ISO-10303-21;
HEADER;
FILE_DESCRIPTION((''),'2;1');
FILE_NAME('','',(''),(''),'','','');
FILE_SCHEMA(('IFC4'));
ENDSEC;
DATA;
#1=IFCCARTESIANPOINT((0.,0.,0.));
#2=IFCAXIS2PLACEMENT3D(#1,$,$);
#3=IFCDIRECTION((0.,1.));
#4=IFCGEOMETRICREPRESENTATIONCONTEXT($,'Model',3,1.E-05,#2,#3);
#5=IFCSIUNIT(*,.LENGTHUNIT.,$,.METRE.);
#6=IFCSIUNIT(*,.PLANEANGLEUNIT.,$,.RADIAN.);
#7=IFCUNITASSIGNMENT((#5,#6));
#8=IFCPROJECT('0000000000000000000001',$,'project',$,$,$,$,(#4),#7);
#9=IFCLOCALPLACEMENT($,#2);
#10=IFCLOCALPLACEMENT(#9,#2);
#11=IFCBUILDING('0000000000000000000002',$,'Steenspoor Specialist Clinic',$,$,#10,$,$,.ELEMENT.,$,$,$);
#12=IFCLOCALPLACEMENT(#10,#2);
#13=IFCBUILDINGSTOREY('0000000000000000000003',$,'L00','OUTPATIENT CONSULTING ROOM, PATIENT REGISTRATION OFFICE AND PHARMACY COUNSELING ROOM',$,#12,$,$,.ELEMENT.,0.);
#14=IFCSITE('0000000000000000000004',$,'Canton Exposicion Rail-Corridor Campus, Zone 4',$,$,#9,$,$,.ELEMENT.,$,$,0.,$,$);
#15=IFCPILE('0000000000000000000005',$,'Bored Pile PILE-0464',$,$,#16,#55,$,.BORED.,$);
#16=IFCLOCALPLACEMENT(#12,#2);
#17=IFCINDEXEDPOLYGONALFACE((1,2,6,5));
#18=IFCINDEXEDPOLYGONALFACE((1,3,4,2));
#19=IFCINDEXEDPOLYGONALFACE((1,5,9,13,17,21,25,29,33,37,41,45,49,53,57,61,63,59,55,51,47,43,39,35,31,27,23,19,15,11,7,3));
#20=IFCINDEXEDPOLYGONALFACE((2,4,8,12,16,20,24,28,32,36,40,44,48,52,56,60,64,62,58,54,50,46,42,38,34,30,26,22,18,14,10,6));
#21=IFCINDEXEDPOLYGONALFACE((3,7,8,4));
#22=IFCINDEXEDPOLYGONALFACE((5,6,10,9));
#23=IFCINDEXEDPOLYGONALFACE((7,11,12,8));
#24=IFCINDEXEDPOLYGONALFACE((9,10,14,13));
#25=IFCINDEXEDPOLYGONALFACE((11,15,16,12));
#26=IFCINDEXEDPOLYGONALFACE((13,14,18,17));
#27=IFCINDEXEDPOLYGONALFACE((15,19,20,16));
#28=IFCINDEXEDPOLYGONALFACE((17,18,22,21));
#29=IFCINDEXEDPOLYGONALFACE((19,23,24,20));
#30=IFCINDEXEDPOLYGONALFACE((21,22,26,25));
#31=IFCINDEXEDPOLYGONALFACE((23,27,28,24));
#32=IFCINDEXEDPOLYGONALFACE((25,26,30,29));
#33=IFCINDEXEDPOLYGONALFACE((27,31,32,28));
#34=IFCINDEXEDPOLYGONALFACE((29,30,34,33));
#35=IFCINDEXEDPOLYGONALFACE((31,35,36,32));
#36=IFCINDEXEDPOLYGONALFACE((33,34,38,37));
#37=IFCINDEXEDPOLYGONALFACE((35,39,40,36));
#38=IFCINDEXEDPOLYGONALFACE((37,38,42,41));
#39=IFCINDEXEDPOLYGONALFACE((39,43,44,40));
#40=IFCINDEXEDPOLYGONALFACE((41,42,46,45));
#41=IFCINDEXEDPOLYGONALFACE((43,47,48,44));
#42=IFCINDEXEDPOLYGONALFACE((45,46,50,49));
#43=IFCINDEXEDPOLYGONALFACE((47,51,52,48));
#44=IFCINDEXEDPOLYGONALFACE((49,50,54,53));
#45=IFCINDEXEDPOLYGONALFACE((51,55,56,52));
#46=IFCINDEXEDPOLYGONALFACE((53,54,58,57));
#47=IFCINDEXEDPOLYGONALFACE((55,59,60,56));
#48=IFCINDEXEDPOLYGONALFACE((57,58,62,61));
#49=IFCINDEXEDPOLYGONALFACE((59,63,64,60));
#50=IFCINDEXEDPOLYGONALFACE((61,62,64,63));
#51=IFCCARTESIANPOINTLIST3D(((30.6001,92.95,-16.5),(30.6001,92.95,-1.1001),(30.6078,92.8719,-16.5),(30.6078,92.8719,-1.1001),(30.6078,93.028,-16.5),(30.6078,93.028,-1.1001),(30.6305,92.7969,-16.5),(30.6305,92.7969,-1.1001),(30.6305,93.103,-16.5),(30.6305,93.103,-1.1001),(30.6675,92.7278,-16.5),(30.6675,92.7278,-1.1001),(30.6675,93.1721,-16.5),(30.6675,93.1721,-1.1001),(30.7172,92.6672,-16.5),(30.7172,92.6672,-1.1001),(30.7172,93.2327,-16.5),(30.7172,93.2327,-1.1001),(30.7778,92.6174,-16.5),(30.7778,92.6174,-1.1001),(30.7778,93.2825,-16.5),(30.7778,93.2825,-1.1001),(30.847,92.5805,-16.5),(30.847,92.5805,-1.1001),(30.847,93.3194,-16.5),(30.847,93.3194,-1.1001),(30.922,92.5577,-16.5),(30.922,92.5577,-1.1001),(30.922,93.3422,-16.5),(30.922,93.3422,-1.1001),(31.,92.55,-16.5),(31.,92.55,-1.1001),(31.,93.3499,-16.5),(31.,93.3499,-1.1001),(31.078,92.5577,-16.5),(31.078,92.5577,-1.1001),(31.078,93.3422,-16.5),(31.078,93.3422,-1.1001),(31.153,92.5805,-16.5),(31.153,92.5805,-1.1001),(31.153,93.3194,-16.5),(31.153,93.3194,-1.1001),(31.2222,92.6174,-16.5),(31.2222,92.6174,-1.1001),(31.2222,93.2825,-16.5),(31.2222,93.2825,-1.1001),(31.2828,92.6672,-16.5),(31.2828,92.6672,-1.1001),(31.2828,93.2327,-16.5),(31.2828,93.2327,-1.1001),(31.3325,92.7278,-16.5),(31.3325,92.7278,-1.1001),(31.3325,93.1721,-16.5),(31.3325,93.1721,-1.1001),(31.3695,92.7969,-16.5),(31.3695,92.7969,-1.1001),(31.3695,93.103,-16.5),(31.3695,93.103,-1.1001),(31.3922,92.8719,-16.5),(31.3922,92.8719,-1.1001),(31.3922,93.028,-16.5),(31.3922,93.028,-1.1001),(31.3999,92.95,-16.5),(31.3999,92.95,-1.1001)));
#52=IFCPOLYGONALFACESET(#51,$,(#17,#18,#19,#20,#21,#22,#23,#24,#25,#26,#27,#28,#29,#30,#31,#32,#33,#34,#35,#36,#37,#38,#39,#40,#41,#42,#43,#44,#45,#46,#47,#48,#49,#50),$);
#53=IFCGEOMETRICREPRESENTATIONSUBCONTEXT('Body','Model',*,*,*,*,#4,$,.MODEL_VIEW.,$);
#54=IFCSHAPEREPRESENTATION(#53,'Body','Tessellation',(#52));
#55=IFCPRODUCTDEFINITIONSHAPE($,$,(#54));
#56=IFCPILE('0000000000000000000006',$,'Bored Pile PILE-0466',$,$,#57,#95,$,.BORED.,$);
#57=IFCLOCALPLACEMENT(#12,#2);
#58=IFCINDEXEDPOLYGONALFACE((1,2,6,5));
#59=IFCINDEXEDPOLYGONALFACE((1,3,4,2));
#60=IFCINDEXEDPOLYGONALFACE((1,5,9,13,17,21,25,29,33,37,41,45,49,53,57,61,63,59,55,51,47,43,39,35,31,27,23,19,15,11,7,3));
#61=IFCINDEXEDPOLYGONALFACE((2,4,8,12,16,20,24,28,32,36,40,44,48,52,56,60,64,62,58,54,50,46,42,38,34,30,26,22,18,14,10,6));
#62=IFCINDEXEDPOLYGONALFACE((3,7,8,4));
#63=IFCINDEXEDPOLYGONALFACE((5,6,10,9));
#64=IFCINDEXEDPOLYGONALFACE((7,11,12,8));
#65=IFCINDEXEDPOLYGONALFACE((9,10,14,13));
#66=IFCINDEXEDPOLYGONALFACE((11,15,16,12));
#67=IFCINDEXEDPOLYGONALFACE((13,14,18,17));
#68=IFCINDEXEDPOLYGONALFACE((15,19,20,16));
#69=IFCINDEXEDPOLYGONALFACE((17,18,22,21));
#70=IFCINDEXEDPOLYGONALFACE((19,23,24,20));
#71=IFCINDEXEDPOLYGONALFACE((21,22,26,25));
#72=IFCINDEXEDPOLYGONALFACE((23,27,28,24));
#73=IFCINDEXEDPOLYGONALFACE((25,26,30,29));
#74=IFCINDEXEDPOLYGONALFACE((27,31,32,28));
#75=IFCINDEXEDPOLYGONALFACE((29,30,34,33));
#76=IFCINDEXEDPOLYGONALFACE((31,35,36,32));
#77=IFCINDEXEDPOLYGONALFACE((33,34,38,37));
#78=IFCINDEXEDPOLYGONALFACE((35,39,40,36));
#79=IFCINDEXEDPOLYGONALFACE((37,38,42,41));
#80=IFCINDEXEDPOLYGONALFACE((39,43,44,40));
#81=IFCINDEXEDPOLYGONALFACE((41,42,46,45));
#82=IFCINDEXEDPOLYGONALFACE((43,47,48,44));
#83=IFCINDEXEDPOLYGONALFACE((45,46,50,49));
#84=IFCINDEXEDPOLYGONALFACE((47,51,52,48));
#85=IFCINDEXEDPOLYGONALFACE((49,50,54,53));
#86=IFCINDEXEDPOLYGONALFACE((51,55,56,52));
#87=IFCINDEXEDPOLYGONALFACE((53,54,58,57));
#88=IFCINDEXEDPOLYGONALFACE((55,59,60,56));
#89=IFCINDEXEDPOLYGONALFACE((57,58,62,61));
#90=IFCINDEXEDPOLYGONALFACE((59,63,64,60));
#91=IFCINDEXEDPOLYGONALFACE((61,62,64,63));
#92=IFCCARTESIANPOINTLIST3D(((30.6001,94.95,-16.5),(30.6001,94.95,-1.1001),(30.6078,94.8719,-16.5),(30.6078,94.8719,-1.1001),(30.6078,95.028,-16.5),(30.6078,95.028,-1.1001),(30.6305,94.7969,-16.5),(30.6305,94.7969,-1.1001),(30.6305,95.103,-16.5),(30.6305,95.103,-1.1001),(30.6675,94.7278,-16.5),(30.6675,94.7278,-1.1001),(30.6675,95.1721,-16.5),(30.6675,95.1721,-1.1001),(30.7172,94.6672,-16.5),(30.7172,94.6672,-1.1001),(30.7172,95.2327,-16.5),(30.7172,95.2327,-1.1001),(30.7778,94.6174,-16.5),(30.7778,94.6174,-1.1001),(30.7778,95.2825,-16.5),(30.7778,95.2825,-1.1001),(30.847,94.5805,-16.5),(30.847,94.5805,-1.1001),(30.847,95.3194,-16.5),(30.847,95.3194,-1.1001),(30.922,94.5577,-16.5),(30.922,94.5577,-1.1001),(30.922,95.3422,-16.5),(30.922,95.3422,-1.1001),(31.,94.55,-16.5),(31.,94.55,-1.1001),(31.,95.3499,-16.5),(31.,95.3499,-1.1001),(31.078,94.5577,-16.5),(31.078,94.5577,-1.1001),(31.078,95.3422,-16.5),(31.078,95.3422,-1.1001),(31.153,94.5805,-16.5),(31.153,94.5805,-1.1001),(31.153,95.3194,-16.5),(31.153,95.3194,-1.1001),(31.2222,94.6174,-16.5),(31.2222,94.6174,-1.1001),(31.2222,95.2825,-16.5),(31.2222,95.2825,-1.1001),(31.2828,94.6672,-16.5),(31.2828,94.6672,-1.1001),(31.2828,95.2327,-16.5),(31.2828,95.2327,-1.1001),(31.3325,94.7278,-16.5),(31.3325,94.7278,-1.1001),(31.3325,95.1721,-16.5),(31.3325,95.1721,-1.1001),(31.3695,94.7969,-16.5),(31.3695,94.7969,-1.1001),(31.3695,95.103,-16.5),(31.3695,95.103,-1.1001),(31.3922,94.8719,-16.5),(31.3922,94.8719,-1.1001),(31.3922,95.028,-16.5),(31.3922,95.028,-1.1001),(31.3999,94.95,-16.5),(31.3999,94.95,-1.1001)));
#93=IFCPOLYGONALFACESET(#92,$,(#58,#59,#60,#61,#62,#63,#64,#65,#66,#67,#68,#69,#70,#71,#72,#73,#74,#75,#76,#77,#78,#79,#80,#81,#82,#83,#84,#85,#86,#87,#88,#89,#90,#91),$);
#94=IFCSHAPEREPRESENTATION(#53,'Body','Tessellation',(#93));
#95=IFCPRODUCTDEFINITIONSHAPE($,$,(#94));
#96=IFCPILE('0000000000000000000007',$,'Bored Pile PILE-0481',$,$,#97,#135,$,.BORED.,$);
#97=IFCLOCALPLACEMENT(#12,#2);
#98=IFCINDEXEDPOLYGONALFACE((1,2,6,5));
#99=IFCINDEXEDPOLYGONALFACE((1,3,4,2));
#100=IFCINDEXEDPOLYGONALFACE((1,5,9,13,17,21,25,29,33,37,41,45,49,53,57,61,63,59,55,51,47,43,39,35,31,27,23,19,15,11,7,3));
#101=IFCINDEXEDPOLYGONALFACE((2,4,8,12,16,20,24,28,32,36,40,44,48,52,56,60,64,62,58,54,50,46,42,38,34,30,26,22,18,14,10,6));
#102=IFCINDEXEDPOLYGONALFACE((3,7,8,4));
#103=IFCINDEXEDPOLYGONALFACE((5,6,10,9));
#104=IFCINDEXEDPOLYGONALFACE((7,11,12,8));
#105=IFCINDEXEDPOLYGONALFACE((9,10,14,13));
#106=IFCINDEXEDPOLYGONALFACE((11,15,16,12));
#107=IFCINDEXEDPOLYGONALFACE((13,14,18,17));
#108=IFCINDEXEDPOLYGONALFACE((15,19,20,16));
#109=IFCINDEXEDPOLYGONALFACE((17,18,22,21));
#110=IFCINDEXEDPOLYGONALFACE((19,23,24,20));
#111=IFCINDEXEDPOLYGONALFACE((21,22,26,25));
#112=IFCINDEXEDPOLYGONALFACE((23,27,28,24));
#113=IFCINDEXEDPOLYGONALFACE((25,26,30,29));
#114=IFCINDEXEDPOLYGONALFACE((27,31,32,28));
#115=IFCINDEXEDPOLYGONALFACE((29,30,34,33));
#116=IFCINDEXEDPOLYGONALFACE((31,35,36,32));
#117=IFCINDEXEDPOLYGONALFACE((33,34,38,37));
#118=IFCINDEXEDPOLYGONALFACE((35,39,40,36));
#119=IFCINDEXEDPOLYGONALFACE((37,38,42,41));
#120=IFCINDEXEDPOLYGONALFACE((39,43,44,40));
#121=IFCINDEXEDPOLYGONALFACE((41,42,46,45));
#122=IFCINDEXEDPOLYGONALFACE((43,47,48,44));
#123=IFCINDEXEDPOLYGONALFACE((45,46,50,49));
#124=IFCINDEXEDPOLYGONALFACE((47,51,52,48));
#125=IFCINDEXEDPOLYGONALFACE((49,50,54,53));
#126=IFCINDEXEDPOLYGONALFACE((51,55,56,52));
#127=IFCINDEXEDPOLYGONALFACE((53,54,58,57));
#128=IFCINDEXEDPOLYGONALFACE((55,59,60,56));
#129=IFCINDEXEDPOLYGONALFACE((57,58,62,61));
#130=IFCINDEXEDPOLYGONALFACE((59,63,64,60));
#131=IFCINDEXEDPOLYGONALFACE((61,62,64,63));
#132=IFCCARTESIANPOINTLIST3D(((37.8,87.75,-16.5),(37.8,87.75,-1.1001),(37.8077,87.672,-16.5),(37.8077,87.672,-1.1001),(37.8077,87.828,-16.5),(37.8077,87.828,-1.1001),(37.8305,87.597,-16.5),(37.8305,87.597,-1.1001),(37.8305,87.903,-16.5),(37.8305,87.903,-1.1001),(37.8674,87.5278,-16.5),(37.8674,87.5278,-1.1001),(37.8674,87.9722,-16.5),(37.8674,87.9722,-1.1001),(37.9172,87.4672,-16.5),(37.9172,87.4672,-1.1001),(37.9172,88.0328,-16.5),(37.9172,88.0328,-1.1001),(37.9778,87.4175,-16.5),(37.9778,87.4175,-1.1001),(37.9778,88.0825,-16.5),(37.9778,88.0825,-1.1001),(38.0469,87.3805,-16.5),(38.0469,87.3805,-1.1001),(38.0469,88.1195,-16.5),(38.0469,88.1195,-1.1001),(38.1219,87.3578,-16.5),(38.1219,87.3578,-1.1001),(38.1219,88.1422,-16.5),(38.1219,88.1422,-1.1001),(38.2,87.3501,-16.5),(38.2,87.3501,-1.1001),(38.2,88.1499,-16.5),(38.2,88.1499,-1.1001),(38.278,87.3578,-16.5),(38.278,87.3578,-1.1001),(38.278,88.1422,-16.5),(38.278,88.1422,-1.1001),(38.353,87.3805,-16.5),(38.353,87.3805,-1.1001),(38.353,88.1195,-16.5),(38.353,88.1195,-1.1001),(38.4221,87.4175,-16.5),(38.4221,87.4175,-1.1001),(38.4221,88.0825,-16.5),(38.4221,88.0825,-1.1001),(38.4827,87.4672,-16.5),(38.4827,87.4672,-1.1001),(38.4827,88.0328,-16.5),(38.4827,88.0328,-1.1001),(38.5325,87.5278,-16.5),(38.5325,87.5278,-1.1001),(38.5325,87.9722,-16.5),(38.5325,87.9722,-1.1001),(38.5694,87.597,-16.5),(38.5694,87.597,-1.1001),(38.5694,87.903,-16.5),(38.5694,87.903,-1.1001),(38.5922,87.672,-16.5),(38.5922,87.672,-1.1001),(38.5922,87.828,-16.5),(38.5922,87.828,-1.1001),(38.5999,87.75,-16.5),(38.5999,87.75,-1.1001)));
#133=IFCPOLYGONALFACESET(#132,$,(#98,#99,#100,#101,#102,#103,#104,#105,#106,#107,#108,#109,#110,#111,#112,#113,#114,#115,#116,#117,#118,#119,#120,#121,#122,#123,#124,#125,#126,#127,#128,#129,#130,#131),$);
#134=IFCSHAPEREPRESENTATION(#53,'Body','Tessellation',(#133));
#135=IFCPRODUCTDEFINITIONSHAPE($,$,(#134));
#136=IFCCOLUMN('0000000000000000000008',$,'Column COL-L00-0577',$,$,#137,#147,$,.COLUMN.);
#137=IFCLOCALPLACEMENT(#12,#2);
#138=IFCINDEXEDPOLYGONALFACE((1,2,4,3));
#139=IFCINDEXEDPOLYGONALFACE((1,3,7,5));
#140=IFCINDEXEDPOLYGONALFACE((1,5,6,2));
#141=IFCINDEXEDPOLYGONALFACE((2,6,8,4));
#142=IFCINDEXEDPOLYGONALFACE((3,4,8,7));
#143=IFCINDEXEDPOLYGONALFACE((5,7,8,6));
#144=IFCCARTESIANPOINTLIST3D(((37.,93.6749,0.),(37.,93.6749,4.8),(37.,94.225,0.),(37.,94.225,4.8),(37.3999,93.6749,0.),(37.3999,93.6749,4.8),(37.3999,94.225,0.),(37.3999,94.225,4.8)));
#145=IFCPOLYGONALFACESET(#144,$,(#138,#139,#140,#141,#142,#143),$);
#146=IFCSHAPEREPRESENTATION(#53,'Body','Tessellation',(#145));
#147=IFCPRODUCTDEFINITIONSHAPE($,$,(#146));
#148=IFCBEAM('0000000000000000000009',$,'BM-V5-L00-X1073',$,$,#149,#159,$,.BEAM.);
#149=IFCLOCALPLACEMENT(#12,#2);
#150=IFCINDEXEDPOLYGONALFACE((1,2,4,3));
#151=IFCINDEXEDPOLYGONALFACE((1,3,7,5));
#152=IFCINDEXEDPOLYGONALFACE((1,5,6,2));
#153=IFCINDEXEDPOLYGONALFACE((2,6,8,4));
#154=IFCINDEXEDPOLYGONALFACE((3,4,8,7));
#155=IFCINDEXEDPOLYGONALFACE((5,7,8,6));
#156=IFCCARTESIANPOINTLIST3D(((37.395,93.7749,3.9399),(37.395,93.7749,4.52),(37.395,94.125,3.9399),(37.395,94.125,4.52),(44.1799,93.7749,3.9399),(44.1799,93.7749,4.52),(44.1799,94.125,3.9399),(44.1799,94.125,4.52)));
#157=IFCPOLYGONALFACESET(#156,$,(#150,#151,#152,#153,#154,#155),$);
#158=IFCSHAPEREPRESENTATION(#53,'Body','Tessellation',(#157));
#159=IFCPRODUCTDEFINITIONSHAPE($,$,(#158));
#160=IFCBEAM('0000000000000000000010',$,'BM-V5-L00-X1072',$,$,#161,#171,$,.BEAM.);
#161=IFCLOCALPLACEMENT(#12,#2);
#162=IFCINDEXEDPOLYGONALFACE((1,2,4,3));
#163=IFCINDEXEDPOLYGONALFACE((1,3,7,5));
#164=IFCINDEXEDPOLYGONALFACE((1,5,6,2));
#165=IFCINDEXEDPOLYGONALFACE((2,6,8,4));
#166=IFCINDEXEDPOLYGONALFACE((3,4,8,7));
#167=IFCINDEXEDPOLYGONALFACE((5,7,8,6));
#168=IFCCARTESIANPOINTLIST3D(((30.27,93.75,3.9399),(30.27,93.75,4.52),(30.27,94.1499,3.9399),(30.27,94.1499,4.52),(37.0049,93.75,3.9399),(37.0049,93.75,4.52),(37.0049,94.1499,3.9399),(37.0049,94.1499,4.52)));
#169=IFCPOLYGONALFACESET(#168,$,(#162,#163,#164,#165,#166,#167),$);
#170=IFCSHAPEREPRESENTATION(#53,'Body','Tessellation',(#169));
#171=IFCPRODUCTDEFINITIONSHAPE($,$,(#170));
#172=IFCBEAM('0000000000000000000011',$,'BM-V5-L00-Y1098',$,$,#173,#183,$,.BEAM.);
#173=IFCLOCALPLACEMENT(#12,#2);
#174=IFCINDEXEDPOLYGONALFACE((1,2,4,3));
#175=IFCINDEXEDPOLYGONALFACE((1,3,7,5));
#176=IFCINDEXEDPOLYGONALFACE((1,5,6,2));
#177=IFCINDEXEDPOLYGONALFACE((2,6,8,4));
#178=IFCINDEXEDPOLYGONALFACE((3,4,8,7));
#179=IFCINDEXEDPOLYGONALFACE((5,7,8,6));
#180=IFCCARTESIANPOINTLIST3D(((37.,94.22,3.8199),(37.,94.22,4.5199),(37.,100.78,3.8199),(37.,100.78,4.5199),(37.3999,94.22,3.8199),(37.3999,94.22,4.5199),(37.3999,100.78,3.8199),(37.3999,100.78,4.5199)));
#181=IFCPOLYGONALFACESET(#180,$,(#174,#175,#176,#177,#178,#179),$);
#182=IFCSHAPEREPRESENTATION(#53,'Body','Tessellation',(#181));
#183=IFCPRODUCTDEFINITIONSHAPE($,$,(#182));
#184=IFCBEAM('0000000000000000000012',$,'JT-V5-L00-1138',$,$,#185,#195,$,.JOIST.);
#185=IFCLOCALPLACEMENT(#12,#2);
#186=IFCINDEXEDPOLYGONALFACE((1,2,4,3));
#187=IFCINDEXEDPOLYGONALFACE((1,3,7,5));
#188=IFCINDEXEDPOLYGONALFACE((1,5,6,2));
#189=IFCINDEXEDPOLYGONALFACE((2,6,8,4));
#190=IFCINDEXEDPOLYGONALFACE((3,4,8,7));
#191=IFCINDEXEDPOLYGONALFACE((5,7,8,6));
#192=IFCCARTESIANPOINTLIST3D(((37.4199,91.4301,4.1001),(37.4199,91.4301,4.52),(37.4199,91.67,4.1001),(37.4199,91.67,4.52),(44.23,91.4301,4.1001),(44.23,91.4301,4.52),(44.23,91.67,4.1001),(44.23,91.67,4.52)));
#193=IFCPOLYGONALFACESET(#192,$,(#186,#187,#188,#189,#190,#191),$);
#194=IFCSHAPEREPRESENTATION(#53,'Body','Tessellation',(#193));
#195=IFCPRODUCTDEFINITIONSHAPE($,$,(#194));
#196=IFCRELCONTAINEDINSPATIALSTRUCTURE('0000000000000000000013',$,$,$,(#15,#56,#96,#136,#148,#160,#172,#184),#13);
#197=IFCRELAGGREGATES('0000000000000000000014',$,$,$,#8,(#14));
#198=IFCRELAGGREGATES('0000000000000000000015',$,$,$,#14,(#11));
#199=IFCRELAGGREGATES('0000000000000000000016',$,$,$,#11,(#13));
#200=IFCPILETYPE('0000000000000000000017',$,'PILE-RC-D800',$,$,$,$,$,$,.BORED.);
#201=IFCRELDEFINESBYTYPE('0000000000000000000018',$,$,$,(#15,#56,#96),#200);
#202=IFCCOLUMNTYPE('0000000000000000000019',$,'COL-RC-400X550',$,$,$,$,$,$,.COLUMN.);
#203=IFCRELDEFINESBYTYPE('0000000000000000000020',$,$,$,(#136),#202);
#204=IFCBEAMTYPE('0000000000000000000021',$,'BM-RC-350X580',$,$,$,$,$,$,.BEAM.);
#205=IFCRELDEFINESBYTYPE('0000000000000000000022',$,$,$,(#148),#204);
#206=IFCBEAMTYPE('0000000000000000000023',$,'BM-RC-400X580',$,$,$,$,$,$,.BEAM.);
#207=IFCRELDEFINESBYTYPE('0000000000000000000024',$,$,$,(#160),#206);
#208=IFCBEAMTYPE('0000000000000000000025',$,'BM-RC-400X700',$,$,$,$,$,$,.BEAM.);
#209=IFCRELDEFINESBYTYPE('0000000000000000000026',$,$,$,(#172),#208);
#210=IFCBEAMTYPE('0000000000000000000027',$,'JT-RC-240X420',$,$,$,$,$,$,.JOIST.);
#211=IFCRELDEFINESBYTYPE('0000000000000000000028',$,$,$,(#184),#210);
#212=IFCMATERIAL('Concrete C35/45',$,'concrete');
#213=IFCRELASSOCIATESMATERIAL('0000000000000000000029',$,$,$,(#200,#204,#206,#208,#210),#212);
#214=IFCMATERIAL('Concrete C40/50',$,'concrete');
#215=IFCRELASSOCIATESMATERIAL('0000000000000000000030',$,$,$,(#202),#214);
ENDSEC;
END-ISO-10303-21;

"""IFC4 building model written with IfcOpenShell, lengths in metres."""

from ifc_helpers import new_model, si_unit, direction, frame, origin, origin_2d, place, context, subcontext, project, spatial, rectangle, circle, extrude, material, material_profile, profile_set, type_object, element, save


model = new_model("IFC4")

# Units and contexts
model_context = context("Model", 3, precision=1e-05, world=origin(), true_north=direction((0.0, 1.0)))
body_context = subcontext(model_context, "Body", "Model", "MODEL_VIEW")
ifc_project = project(units=[si_unit("LENGTHUNIT", "METRE"), si_unit("PLANEANGLEUNIT", "RADIAN")], contexts=[model_context])

# Site, building, storey
site_placement = place(None, origin())
site = spatial("IfcSite", under=ifc_project, at=site_placement, Name="Canton Exposicion Rail-Corridor Campus, Zone 4", CompositionType="ELEMENT", RefElevation=0.0)
building_placement = place(site_placement, origin())
building = spatial("IfcBuilding", under=site, at=building_placement, Name="Steenspoor Specialist Clinic", CompositionType="ELEMENT")
storey_placement = place(building_placement, origin())
storey = spatial("IfcBuildingStorey", under=building, at=storey_placement, Name="L00", Description="OUTPATIENT CONSULTING ROOM, PATIENT REGISTRATION OFFICE AND PHARMACY COUNSELING ROOM", CompositionType="ELEMENT", Elevation=0.0)

# Shared definitions
ifc_material_1 = material(Name="Concrete C35/45", Category="concrete")

# Piles
ifc_material_profile_1 = material_profile(ifc_material_1, circle(Radius=0.3999, at=origin_2d()), Name="PILE-D800")
ifc_profile_set_1 = profile_set([ifc_material_profile_1], Name="Concrete C35/45")
pile_type_1 = type_object("IfcPileType", Name="PILE-RC-D800", PredefinedType="BORED", material=ifc_profile_set_1)
for number, where, z_axis, x_axis, name in (
    (1, (31.0, 92.95, -1.1001), (0.0, 0.0, -1.0), (1.0, 0.0, 0.0), "Bored Pile PILE-0464"),
    (2, (31.0, 94.95, -1.1001), (0.0, 0.0, -1.0), (1.0, 0.0, 0.0), "Bored Pile PILE-0466"),
    (3, (38.2, 87.75, -1.1001), (0.0, 0.0, -1.0), (1.0, 0.0, 0.0), "Bored Pile PILE-0481"),
):
    element("IfcPile", number, at=place(storey_placement, frame(where, z_axis=z_axis, x_axis=x_axis)), inside=storey, type_object=pile_type_1, Name=name, PredefinedType="BORED", context=body_context, shape_type="SweptSolid", body=[
        extrude(circle(Radius=0.3999, at=origin_2d()), origin(), (0.0, 0.0, 1.0), 15.3999),
    ])

# Column
ifc_material_2 = material(Name="Concrete C40/50", Category="concrete")
ifc_material_profile_2 = material_profile(ifc_material_2, rectangle(XDim=0.3999, YDim=0.55, at=origin_2d()), Name="RC-COL-400X550")
ifc_profile_set_2 = profile_set([ifc_material_profile_2], Name="Concrete C40/50")
column_type = type_object("IfcColumnType", Name="COL-RC-400X550", PredefinedType="COLUMN", material=ifc_profile_set_2)
column_placement = place(storey_placement, frame((37.2, 93.95, 0.0), z_axis=(0.0, 0.0, 1.0), x_axis=(1.0, 0.0, 0.0)))
element("IfcColumn", 4, at=column_placement, inside=storey, type_object=column_type, Name="Column COL-L00-0577", PredefinedType="COLUMN", context=body_context, shape_type="SweptSolid", body=[
    extrude(rectangle(XDim=0.3999, YDim=0.55, at=origin_2d()), origin(), (0.0, 0.0, 1.0), 4.8),
])

# Beams
ifc_material_profile_3 = material_profile(ifc_material_1, rectangle(XDim=0.3501, YDim=0.5801, at=origin_2d()), Name="RC-BM-350X580")
ifc_profile_set_3 = profile_set([ifc_material_profile_3], Name="Concrete C35/45")
beam_type_1 = type_object("IfcBeamType", Name="BM-RC-350X580", PredefinedType="BEAM", material=ifc_profile_set_3)
beam_1_placement = place(storey_placement, frame((37.395, 93.95, 4.23), z_axis=(1.0, 0.0, 0.0), x_axis=(0.0, 1.0, 0.0)))
element("IfcBeam", 5, at=beam_1_placement, inside=storey, type_object=beam_type_1, Name="BM-V5-L00-X1073", PredefinedType="BEAM", context=body_context, shape_type="SweptSolid", body=[
    extrude(rectangle(XDim=0.3501, YDim=0.5801, at=origin_2d()), origin(), (0.0, 0.0, 1.0), 6.7849),
])
ifc_material_profile_4 = material_profile(ifc_material_1, rectangle(XDim=0.3999, YDim=0.5801, at=origin_2d()), Name="RC-BM-400X580")
ifc_profile_set_4 = profile_set([ifc_material_profile_4], Name="Concrete C35/45")
beam_type_2 = type_object("IfcBeamType", Name="BM-RC-400X580", PredefinedType="BEAM", material=ifc_profile_set_4)
beam_2_placement = place(storey_placement, frame((30.27, 93.95, 4.23), z_axis=(1.0, 0.0, 0.0), x_axis=(0.0, 1.0, 0.0)))
element("IfcBeam", 6, at=beam_2_placement, inside=storey, type_object=beam_type_2, Name="BM-V5-L00-X1072", PredefinedType="BEAM", context=body_context, shape_type="SweptSolid", body=[
    extrude(rectangle(XDim=0.3999, YDim=0.5801, at=origin_2d()), origin(), (0.0, 0.0, 1.0), 6.7349),
])
ifc_material_profile_5 = material_profile(ifc_material_1, rectangle(XDim=0.3999, YDim=0.7, at=origin_2d()), Name="RC-BM-400X700")
ifc_profile_set_5 = profile_set([ifc_material_profile_5], Name="Concrete C35/45")
beam_type_3 = type_object("IfcBeamType", Name="BM-RC-400X700", PredefinedType="BEAM", material=ifc_profile_set_5)
beam_3_placement = place(storey_placement, frame((37.2, 94.22, 4.1699), z_axis=(0.0, 1.0, 0.0), x_axis=(-1.0, 0.0, 0.0)))
element("IfcBeam", 7, at=beam_3_placement, inside=storey, type_object=beam_type_3, Name="BM-V5-L00-Y1098", PredefinedType="BEAM", context=body_context, shape_type="SweptSolid", body=[
    extrude(rectangle(XDim=0.3999, YDim=0.7, at=origin_2d()), origin(), (0.0, 0.0, 1.0), 6.5601),
])
ifc_material_profile_6 = material_profile(ifc_material_1, rectangle(XDim=0.24, YDim=0.4199, at=origin_2d()), Name="RC-JT-240X420")
ifc_profile_set_6 = profile_set([ifc_material_profile_6], Name="Concrete C35/45")
beam_type_4 = type_object("IfcBeamType", Name="JT-RC-240X420", PredefinedType="JOIST", material=ifc_profile_set_6)
beam_4_placement = place(storey_placement, frame((37.4199, 91.55, 4.3101), z_axis=(1.0, 0.0, 0.0), x_axis=(0.0, 1.0, 0.0)))
element("IfcBeam", 8, at=beam_4_placement, inside=storey, type_object=beam_type_4, Name="JT-V5-L00-1138", PredefinedType="JOIST", context=body_context, shape_type="SweptSolid", body=[
    extrude(rectangle(XDim=0.24, YDim=0.4199, at=origin_2d()), origin(), (0.0, 0.0, 1.0), 6.8101),
])

save(model, "model.ifc")
